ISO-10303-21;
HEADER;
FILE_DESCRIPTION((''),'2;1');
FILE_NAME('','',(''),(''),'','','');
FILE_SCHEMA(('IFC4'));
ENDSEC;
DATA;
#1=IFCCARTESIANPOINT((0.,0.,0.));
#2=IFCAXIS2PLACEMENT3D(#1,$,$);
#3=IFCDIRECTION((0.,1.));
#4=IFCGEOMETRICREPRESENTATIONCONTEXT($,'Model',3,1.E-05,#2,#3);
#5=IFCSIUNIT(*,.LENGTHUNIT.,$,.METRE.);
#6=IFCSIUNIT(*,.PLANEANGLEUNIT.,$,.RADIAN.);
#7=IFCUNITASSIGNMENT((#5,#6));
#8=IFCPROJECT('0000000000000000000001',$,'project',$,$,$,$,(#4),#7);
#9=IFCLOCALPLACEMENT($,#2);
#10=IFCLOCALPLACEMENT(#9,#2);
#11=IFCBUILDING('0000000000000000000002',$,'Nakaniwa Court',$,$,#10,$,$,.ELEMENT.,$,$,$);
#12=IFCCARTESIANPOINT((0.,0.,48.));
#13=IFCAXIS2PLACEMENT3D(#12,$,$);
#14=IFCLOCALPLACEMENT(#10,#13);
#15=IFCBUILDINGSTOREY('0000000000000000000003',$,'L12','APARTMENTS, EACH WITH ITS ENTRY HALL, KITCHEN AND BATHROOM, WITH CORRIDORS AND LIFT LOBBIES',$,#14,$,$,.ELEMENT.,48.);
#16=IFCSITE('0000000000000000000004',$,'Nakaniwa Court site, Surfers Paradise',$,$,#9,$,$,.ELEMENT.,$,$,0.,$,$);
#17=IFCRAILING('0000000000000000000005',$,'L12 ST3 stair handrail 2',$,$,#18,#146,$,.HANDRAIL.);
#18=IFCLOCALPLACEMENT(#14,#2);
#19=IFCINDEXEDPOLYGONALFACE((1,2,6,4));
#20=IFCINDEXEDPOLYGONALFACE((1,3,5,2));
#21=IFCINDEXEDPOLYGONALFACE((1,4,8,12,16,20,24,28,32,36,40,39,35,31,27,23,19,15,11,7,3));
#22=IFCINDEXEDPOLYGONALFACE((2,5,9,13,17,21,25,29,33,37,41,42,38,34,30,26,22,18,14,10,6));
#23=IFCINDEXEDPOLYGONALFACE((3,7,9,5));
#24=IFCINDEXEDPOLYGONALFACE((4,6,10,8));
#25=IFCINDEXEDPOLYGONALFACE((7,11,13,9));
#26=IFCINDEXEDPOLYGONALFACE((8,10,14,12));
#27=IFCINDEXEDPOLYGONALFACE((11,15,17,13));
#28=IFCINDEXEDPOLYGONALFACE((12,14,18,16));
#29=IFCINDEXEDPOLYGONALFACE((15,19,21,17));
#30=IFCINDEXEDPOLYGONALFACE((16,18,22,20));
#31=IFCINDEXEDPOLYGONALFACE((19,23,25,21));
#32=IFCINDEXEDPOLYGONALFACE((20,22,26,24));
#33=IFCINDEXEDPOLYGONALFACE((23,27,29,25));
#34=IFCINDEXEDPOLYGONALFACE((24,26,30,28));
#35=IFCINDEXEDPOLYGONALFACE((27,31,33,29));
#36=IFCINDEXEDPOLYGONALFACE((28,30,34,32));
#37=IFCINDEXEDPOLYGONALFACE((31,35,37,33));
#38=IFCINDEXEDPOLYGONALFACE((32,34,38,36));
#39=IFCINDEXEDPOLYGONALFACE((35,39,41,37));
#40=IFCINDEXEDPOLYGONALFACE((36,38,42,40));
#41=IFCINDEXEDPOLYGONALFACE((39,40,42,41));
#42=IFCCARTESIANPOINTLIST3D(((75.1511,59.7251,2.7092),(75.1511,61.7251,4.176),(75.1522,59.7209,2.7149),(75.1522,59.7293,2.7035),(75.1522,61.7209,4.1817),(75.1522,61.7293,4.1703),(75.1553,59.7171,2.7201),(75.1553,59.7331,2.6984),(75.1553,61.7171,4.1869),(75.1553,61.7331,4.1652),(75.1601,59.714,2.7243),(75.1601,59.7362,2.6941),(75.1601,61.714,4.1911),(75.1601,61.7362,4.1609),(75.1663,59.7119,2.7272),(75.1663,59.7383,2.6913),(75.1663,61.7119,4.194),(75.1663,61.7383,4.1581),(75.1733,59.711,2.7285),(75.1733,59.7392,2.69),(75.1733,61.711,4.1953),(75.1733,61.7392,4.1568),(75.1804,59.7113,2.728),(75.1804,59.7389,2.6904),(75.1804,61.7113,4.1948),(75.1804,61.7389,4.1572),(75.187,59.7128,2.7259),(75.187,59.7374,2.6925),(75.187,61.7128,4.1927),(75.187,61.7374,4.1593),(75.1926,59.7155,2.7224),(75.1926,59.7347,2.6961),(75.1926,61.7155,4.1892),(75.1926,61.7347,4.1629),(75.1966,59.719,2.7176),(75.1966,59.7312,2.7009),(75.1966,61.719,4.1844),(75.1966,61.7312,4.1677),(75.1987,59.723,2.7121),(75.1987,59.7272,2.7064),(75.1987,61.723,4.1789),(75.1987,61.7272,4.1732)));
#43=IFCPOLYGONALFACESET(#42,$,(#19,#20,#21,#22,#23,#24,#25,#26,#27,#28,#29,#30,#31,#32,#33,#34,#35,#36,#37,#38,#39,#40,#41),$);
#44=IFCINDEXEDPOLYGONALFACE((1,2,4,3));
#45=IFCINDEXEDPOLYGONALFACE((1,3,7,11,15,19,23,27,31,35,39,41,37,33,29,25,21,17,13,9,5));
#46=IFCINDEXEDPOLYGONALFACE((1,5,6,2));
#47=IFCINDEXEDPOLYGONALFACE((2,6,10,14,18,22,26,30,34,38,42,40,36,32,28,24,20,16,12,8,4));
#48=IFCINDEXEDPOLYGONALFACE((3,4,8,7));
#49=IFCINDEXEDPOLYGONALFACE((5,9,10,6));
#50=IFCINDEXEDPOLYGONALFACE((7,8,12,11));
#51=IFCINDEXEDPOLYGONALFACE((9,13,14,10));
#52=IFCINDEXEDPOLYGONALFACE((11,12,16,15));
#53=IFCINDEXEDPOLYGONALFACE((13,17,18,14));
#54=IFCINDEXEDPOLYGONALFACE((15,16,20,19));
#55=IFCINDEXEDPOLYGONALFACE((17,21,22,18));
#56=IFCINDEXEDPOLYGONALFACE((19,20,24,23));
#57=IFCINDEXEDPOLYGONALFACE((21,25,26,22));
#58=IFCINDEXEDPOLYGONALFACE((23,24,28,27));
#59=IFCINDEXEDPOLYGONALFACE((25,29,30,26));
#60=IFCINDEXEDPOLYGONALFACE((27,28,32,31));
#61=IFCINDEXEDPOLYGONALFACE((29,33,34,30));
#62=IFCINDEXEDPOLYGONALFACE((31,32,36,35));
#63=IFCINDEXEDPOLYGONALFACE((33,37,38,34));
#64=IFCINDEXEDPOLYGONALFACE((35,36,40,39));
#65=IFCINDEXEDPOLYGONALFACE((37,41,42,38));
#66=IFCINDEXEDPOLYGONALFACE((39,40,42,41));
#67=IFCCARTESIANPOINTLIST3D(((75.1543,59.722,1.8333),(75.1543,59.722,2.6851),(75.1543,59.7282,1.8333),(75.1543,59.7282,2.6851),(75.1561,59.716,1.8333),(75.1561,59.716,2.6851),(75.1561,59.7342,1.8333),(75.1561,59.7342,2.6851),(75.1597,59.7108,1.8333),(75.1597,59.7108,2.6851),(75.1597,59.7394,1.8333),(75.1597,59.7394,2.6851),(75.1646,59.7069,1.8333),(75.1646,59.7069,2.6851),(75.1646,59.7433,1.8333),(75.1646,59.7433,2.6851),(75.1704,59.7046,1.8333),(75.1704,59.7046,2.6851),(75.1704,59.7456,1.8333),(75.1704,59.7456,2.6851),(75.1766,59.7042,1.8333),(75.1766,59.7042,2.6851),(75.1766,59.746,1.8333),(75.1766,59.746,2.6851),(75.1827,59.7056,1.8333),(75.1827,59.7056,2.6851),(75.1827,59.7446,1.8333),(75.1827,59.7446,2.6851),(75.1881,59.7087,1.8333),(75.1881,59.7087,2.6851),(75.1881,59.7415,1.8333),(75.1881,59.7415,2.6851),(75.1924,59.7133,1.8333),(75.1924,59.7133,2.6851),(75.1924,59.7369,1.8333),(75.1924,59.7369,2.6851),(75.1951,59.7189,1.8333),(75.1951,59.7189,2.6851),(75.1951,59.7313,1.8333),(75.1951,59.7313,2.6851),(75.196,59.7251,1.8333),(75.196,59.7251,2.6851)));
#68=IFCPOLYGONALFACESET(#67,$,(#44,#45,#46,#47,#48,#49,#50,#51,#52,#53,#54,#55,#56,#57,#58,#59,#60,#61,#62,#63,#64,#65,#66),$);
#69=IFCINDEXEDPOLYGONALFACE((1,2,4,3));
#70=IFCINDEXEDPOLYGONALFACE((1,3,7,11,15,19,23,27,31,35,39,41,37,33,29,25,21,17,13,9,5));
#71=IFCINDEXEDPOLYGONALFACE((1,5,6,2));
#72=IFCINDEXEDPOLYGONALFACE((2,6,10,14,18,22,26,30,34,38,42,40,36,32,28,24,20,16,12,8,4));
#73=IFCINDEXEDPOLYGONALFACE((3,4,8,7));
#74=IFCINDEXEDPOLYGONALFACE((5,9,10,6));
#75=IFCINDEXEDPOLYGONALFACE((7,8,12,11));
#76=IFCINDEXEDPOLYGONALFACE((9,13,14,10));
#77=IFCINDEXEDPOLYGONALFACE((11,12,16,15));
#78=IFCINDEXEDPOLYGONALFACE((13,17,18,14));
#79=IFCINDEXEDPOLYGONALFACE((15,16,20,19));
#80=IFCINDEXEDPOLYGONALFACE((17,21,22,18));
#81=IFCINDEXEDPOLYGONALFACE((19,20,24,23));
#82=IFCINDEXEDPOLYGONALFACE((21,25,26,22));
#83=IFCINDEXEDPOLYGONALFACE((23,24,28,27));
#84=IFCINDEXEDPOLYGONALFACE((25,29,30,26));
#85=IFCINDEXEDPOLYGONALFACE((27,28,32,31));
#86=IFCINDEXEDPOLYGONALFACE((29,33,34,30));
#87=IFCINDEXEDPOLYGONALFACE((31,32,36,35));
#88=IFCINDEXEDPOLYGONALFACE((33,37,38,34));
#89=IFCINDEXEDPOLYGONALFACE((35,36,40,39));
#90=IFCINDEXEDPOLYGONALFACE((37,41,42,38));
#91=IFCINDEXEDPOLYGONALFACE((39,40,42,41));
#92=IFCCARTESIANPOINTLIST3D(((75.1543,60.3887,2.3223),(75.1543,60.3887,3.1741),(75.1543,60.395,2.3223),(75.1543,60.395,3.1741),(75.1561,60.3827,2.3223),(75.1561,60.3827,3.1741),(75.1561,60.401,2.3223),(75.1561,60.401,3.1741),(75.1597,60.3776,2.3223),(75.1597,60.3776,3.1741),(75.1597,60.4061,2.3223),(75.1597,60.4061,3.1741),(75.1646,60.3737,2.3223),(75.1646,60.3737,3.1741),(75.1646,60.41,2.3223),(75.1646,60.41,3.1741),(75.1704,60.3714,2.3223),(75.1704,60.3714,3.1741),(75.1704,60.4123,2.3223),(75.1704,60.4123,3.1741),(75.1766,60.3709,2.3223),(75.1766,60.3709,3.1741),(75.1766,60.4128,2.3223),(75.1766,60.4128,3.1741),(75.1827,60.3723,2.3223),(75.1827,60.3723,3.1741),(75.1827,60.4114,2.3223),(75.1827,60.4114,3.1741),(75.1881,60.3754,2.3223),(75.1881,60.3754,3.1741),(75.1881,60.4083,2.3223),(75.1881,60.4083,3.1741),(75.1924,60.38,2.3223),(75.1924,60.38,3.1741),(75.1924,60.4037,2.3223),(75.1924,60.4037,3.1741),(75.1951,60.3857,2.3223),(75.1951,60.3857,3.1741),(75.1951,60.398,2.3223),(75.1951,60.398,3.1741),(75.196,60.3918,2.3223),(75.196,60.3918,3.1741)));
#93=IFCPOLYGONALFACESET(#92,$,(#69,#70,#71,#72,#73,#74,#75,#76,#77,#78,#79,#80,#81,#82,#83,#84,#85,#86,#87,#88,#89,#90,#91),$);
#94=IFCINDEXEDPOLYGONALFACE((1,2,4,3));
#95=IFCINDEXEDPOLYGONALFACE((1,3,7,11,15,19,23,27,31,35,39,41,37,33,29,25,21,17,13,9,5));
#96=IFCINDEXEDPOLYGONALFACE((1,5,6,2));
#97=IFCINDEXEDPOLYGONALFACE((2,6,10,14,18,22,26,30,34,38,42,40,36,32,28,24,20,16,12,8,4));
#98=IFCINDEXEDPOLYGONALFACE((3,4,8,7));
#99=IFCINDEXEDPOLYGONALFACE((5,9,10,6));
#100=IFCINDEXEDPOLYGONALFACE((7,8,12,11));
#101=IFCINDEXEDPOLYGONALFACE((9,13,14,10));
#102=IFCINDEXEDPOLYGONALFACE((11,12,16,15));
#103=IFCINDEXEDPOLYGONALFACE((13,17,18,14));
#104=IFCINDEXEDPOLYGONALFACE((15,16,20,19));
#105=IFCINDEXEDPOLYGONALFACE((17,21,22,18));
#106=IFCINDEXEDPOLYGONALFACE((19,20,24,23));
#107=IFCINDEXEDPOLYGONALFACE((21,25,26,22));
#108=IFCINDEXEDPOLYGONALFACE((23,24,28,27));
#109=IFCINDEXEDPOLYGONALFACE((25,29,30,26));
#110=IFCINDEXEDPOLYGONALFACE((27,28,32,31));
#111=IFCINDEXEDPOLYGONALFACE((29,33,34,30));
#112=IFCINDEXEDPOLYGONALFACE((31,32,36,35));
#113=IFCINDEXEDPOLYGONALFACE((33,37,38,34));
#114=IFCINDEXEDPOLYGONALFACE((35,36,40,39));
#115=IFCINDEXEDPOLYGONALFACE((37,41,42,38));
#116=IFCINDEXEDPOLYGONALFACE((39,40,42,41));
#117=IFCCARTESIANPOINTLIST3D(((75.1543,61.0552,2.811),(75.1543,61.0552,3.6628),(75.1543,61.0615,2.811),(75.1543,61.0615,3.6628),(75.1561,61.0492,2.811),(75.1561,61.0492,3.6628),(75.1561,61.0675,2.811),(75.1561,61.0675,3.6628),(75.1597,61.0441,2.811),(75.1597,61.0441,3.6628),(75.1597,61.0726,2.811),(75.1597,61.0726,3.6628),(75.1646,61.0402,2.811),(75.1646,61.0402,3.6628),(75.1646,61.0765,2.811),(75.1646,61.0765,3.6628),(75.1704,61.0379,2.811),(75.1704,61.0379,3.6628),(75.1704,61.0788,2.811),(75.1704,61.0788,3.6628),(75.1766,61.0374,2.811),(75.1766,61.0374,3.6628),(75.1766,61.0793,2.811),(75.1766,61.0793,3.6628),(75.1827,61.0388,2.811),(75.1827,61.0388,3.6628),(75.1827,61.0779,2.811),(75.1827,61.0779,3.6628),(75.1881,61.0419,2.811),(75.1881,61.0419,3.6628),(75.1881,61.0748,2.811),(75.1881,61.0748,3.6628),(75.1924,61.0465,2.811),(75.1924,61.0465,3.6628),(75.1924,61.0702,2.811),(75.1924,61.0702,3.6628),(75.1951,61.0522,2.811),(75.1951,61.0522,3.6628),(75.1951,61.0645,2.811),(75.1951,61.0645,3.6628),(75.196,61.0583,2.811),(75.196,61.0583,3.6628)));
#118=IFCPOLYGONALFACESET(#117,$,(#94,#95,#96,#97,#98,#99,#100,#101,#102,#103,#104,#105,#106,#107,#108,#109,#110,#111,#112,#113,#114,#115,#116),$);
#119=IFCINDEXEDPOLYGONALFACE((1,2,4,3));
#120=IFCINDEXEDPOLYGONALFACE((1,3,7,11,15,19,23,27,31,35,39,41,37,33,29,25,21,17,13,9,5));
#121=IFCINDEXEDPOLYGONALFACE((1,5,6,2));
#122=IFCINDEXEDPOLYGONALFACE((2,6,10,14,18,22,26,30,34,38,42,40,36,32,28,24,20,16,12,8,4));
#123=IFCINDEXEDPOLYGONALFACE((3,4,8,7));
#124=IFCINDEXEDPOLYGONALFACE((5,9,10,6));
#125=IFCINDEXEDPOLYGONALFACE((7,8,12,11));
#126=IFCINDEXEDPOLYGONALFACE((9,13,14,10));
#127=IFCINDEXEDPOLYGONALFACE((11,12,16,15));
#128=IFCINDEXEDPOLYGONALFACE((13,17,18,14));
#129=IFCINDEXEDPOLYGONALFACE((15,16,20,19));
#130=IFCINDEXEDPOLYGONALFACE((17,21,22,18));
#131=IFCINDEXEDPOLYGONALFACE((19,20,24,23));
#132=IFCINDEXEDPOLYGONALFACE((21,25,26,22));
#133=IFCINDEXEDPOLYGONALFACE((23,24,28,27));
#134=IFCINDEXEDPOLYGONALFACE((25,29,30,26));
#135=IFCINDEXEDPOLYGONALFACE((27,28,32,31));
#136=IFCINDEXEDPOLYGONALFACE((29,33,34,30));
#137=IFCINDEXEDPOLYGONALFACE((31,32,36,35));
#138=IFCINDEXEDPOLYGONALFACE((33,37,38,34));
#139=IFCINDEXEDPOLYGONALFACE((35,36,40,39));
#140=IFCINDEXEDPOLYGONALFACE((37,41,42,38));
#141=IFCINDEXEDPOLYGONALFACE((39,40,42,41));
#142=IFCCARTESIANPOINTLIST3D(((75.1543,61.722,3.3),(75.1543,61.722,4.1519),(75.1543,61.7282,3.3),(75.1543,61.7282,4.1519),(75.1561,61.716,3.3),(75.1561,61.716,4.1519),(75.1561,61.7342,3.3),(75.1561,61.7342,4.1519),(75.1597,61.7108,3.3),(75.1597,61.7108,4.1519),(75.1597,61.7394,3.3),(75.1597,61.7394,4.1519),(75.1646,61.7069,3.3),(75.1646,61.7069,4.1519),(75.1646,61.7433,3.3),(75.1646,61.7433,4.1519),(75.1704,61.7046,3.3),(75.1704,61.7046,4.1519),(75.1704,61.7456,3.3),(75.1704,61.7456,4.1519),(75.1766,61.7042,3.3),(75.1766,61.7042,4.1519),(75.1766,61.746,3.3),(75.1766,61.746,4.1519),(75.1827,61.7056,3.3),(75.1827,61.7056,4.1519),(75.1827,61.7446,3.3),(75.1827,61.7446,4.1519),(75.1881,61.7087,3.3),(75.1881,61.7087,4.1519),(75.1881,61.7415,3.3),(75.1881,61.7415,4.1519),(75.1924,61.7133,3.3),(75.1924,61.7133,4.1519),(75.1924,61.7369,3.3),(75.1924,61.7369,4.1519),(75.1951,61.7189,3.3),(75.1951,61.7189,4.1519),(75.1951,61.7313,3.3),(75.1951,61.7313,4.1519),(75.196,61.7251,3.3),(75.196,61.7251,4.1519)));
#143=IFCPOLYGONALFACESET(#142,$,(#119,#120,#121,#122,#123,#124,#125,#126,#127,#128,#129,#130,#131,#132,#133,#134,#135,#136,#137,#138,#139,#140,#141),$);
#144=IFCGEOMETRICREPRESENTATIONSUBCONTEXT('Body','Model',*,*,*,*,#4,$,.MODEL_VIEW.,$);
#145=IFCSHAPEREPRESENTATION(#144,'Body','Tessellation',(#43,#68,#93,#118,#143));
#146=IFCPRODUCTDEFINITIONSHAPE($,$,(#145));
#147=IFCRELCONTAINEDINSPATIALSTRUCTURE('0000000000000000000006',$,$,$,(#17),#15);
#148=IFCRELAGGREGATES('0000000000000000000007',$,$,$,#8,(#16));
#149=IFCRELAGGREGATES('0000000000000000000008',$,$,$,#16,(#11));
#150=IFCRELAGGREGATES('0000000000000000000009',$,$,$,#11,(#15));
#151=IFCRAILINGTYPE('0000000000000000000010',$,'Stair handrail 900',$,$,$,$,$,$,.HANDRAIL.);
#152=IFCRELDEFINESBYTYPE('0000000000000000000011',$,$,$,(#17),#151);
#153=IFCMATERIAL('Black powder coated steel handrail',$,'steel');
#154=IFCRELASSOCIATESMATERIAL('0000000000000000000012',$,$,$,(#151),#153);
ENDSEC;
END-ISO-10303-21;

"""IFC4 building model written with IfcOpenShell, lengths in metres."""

from ifc_helpers import new_model, si_unit, direction, frame, origin, origin_2d, place, context, subcontext, project, spatial, circle, extrude, material, type_object, element, save


model = new_model("IFC4")

# Units and contexts
model_context = context("Model", 3, precision=1e-05, world=origin(), true_north=direction((0.0, 1.0)))
body_context = subcontext(model_context, "Body", "Model", "MODEL_VIEW")
ifc_project = project(units=[si_unit("LENGTHUNIT", "METRE"), si_unit("PLANEANGLEUNIT", "RADIAN")], contexts=[model_context])

# Site, building, storey
site_placement = place(None, origin())
site = spatial("IfcSite", under=ifc_project, at=site_placement, Name="Nakaniwa Court site, Surfers Paradise", CompositionType="ELEMENT", RefElevation=0.0)
building_placement = place(site_placement, origin())
building = spatial("IfcBuilding", under=site, at=building_placement, Name="Nakaniwa Court", CompositionType="ELEMENT")
storey_placement = place(building_placement, frame((0.0, 0.0, 48.0)))
storey = spatial("IfcBuildingStorey", under=building, at=storey_placement, Name="L12", Description="APARTMENTS, EACH WITH ITS ENTRY HALL, KITCHEN AND BATHROOM, WITH CORRIDORS AND LIFT LOBBIES", CompositionType="ELEMENT", Elevation=48.0)

# Railing
ifc_material_1 = material(Name="Black powder coated steel handrail", Category="steel")
railing_type_1 = type_object("IfcRailingType", Name="Stair handrail 900", PredefinedType="HANDRAIL", material=ifc_material_1)
railing_1_placement = place(storey_placement, frame((75.175, 59.7251, 1.8333)))
element("IfcRailing", 1, at=railing_1_placement, inside=storey, type_object=railing_type_1, Name="L12 ST3 stair handrail 2", PredefinedType="HANDRAIL", context=body_context, shape_type="SweptSolid", body=[
    extrude(circle(Radius=0.0239, at=origin_2d()), frame((0.0, 0.0, 0.876), z_axis=(0.0, 0.80638, 0.591398), x_axis=(-1.0, 0.0, 0.0)), (0.0, 0.0, 1.0), 2.4802),
    extrude(circle(Radius=0.021, at=origin_2d()), origin(), (0.0, 0.0, 1.0), 0.8518),
    extrude(circle(Radius=0.021, at=origin_2d()), frame((0.0, 0.6667, 0.489)), (0.0, 0.0, 1.0), 0.8518),
    extrude(circle(Radius=0.021, at=origin_2d()), frame((0.0, 1.3333, 0.9778)), (0.0, 0.0, 1.0), 0.8518),
    extrude(circle(Radius=0.021, at=origin_2d()), frame((0.0, 2.0, 1.4668)), (0.0, 0.0, 1.0), 0.8518),
])

save(model, "model.ifc")
